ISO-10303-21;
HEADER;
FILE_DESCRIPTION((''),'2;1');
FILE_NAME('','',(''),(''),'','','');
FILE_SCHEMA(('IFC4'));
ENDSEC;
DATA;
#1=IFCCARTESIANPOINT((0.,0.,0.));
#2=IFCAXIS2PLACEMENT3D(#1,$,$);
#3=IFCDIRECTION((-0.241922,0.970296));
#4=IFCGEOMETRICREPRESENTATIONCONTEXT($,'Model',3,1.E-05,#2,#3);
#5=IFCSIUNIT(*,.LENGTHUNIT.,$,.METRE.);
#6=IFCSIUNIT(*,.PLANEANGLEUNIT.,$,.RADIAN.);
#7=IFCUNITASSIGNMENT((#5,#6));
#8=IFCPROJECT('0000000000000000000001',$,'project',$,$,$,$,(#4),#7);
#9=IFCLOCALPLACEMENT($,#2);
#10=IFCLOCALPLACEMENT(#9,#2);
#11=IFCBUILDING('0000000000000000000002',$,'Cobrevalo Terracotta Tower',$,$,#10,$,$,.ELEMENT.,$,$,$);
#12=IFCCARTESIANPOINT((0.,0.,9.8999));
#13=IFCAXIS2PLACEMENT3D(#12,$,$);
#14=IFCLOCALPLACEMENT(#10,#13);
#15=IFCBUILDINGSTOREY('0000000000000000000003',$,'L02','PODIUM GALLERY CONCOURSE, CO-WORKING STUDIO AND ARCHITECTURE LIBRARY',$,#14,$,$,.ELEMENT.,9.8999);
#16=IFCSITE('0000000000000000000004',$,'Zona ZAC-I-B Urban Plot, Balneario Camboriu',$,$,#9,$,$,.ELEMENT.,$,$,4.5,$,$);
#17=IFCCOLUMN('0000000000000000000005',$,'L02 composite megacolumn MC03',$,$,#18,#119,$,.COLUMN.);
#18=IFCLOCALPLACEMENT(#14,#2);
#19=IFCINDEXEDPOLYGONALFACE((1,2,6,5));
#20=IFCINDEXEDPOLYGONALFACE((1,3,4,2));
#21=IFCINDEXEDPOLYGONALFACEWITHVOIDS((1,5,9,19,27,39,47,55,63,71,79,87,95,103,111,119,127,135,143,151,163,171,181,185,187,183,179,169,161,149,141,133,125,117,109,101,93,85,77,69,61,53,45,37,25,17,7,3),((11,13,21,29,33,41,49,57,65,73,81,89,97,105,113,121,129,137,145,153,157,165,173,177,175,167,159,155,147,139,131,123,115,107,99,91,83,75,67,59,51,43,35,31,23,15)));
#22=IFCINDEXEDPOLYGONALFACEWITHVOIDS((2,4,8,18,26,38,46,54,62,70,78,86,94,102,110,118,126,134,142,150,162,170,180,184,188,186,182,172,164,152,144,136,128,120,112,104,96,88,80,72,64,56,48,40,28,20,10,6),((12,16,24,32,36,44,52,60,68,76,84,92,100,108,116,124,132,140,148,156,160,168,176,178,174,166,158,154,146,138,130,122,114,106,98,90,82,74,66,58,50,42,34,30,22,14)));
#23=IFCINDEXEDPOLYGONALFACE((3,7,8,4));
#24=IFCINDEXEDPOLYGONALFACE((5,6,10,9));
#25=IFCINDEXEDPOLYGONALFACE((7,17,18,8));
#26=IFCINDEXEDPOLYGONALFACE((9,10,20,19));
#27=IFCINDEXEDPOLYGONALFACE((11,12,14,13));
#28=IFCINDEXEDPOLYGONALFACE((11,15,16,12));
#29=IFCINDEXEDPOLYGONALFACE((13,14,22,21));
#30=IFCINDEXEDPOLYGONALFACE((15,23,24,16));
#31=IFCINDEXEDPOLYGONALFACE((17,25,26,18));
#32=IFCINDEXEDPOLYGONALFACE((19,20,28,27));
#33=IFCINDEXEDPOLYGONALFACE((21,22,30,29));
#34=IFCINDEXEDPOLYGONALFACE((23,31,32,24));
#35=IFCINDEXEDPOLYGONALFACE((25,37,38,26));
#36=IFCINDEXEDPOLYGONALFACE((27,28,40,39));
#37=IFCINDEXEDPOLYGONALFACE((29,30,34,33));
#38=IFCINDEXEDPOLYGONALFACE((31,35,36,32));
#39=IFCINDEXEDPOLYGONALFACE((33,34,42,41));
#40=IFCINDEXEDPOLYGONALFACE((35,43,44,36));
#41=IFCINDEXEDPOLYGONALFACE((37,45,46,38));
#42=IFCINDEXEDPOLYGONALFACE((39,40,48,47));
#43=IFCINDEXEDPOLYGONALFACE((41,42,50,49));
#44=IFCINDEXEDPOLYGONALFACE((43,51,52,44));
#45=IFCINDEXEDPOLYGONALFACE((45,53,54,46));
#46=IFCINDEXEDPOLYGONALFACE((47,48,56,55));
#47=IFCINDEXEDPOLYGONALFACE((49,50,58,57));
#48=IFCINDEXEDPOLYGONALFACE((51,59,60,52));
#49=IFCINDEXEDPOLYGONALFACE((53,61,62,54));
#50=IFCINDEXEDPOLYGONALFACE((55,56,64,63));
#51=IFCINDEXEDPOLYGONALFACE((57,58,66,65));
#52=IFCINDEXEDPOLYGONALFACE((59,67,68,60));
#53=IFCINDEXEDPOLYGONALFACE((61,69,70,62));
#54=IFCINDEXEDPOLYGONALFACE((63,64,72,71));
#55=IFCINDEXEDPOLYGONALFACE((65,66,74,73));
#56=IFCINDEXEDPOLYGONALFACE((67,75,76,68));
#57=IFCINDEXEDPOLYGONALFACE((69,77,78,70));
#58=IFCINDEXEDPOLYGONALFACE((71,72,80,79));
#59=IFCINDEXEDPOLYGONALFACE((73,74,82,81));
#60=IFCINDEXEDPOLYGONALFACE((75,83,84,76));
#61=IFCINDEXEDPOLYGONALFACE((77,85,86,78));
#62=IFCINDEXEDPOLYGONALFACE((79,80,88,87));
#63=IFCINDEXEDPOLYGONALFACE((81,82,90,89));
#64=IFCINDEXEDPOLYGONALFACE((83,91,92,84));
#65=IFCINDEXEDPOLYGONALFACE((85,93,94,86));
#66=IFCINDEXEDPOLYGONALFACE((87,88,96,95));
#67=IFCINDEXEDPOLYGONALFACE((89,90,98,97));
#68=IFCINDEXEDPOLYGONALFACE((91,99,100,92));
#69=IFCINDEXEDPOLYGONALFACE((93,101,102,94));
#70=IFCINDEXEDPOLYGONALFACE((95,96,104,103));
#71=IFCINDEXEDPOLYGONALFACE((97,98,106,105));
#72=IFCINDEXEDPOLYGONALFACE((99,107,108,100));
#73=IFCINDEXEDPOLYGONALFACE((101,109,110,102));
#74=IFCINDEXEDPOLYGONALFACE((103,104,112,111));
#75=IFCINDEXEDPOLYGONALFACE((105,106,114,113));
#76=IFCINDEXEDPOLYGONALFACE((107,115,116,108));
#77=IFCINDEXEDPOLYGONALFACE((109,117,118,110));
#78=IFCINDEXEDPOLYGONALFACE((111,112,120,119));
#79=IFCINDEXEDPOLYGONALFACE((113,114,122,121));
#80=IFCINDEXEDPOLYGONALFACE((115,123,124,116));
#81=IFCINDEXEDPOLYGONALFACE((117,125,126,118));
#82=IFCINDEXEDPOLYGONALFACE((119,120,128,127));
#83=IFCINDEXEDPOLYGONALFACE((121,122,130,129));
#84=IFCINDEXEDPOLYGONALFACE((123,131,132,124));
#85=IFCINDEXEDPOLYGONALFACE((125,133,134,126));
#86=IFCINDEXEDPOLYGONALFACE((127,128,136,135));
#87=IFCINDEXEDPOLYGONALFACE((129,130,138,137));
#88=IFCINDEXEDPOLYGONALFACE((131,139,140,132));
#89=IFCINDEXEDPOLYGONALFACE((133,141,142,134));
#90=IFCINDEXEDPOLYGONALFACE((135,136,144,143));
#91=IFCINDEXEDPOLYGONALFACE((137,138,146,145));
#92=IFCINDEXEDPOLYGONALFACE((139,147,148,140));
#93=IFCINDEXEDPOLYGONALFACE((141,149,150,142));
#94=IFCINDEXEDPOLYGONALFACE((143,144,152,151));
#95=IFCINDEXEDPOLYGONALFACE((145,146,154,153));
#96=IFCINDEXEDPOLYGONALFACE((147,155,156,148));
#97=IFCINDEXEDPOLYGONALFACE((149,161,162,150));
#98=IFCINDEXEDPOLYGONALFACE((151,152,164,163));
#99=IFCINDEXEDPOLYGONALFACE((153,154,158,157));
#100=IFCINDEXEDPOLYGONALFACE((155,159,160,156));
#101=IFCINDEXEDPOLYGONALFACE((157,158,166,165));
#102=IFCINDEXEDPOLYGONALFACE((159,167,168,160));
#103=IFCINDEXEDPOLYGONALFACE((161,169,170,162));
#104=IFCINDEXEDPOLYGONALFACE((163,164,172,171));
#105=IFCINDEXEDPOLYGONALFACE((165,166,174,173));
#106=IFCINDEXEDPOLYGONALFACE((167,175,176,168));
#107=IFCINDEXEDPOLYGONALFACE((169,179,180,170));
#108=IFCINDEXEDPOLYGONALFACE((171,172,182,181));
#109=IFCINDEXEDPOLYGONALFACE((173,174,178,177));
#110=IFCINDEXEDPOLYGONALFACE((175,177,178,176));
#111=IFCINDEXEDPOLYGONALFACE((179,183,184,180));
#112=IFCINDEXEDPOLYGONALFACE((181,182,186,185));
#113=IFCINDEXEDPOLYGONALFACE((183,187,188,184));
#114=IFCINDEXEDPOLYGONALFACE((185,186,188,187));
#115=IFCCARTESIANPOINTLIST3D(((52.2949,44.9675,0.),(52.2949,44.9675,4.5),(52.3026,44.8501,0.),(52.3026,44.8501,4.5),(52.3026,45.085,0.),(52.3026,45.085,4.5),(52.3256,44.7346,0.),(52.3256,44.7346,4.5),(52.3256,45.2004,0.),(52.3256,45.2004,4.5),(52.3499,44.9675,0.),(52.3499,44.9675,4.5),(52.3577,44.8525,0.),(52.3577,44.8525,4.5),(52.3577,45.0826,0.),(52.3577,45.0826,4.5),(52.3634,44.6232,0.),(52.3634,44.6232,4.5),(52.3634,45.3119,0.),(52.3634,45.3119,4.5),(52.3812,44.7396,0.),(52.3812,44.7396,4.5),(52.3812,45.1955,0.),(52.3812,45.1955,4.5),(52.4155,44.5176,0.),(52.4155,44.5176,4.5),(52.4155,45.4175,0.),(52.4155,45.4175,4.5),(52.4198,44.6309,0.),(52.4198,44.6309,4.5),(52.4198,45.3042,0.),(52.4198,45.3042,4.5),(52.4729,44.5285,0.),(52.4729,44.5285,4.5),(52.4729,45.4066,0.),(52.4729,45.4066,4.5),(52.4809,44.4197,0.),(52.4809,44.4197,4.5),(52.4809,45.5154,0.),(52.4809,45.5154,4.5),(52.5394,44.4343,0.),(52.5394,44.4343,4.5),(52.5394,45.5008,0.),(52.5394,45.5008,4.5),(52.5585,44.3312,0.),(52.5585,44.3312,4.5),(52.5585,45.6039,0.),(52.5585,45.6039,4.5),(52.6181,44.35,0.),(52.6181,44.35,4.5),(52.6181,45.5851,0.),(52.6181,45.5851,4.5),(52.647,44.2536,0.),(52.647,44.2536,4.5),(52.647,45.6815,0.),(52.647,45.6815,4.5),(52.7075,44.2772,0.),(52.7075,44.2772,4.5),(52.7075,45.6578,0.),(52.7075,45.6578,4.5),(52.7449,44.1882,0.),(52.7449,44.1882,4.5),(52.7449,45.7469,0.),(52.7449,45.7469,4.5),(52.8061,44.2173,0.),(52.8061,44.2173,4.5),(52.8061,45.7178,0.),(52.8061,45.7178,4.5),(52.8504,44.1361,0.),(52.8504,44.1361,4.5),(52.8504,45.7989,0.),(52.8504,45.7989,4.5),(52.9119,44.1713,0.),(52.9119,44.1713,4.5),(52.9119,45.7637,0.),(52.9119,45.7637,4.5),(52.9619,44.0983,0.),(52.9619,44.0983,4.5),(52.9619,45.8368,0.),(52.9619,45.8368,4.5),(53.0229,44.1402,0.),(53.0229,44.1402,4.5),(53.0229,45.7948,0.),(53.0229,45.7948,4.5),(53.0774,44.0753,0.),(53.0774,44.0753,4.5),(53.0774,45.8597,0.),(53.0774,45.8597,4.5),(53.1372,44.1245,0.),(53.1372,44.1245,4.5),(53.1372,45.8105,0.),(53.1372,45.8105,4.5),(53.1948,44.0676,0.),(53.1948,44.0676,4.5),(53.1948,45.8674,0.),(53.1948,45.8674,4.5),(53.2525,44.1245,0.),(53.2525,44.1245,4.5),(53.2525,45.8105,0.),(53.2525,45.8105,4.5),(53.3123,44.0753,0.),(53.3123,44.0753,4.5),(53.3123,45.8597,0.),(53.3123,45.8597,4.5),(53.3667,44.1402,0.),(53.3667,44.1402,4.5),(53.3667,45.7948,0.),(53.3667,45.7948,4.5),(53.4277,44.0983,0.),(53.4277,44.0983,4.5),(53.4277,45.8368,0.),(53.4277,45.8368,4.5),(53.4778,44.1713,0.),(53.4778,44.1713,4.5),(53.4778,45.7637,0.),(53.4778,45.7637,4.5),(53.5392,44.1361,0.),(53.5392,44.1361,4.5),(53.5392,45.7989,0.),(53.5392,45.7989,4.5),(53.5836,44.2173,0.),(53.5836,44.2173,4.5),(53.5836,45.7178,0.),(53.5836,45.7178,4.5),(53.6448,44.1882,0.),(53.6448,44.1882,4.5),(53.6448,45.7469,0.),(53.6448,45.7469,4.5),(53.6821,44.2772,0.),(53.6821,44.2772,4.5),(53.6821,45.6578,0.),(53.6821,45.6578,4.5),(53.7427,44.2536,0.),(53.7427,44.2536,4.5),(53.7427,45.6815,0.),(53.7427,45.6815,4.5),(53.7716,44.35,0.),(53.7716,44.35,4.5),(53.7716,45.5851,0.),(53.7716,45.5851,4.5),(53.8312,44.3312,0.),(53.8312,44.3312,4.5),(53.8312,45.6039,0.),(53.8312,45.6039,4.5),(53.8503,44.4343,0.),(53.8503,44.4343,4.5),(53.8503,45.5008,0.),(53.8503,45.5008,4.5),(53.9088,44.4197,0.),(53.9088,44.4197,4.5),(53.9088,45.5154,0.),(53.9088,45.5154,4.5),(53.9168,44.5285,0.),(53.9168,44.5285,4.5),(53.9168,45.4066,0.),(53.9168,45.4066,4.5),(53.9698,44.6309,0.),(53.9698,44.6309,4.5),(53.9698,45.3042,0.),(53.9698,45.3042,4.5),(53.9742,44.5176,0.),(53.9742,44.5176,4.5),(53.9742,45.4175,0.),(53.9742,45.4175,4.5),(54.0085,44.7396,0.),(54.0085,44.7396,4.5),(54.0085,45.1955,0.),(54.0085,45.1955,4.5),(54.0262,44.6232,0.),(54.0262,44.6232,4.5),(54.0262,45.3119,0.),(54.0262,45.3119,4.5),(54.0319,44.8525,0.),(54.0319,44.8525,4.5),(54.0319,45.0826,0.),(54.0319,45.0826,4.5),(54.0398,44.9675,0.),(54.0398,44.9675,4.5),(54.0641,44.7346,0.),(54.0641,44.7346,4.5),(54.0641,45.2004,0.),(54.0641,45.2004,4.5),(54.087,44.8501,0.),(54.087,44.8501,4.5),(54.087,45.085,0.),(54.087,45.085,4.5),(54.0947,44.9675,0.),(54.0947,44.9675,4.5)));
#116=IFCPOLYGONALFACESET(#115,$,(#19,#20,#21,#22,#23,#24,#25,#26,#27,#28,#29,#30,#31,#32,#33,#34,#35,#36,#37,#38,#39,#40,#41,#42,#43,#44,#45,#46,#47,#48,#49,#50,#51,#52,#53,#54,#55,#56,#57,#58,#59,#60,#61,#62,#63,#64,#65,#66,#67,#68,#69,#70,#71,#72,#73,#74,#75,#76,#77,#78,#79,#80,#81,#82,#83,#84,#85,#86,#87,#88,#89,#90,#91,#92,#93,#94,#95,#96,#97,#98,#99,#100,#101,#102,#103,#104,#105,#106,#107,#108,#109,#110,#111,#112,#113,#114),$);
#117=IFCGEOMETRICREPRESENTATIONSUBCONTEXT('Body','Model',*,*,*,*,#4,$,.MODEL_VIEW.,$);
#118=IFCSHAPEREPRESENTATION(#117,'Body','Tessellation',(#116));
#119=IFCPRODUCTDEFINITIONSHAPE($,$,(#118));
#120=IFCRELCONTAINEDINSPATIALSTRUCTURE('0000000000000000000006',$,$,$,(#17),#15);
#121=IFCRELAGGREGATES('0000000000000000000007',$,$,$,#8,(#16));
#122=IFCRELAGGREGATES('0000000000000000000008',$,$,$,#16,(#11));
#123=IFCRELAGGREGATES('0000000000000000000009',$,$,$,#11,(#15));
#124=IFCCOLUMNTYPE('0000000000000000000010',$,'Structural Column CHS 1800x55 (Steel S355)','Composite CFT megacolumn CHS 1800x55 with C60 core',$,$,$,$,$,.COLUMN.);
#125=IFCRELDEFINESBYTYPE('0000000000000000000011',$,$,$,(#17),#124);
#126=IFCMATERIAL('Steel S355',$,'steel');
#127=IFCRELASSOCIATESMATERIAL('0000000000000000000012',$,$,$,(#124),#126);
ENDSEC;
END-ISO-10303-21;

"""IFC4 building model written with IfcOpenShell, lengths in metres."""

from ifc_helpers import new_model, si_unit, direction, frame, origin, origin_2d, place, context, subcontext, project, spatial, hollow_circle, extrude, material, material_profile, profile_set, type_object, element, save


model = new_model("IFC4")

# Units and contexts
model_context = context("Model", 3, precision=1e-05, world=origin(), true_north=direction((-0.241922, 0.970296)))
body_context = subcontext(model_context, "Body", "Model", "MODEL_VIEW")
ifc_project = project(units=[si_unit("LENGTHUNIT", "METRE"), si_unit("PLANEANGLEUNIT", "RADIAN")], contexts=[model_context])

# Site, building, storey
site_placement = place(None, origin())
site = spatial("IfcSite", under=ifc_project, at=site_placement, Name="Zona ZAC-I-B Urban Plot, Balneario Camboriu", CompositionType="ELEMENT", RefElevation=4.5)
building_placement = place(site_placement, origin())
building = spatial("IfcBuilding", under=site, at=building_placement, Name="Cobrevalo Terracotta Tower", CompositionType="ELEMENT")
storey_placement = place(building_placement, frame((0.0, 0.0, 9.8999)))
storey = spatial("IfcBuildingStorey", under=building, at=storey_placement, Name="L02", Description="PODIUM GALLERY CONCOURSE, CO-WORKING STUDIO AND ARCHITECTURE LIBRARY", CompositionType="ELEMENT", Elevation=9.8999)

# Column
ifc_material_1 = material(Name="Steel S355", Category="steel")
ifc_material_profile_1 = material_profile(ifc_material_1, hollow_circle(Radius=0.8999, WallThickness=0.0549, at=origin_2d()), Name="CHS 1800x55")
ifc_profile_set_1 = profile_set([ifc_material_profile_1], Name="Steel S355")
column_type_1 = type_object("IfcColumnType", Name="Structural Column CHS 1800x55 (Steel S355)", Description="Composite CFT megacolumn CHS 1800x55 with C60 core", PredefinedType="COLUMN", material=ifc_profile_set_1)
for number, where, z_axis, x_axis, name in (
    (1, (53.1948, 44.9675, 0.0), (0.0, 0.0, 1.0), (1.0, 0.0, 0.0), "L02 composite megacolumn MC03"),
):
    element("IfcColumn", number, at=place(storey_placement, frame(where, z_axis=z_axis, x_axis=x_axis)), inside=storey, type_object=column_type_1, Name=name, PredefinedType="COLUMN", context=body_context, shape_type="SweptSolid", body=[
        extrude(hollow_circle(Radius=0.8999, WallThickness=0.0549, at=origin_2d()), origin(), (0.0, 0.0, 1.0), 4.5),
    ])

save(model, "model.ifc")
